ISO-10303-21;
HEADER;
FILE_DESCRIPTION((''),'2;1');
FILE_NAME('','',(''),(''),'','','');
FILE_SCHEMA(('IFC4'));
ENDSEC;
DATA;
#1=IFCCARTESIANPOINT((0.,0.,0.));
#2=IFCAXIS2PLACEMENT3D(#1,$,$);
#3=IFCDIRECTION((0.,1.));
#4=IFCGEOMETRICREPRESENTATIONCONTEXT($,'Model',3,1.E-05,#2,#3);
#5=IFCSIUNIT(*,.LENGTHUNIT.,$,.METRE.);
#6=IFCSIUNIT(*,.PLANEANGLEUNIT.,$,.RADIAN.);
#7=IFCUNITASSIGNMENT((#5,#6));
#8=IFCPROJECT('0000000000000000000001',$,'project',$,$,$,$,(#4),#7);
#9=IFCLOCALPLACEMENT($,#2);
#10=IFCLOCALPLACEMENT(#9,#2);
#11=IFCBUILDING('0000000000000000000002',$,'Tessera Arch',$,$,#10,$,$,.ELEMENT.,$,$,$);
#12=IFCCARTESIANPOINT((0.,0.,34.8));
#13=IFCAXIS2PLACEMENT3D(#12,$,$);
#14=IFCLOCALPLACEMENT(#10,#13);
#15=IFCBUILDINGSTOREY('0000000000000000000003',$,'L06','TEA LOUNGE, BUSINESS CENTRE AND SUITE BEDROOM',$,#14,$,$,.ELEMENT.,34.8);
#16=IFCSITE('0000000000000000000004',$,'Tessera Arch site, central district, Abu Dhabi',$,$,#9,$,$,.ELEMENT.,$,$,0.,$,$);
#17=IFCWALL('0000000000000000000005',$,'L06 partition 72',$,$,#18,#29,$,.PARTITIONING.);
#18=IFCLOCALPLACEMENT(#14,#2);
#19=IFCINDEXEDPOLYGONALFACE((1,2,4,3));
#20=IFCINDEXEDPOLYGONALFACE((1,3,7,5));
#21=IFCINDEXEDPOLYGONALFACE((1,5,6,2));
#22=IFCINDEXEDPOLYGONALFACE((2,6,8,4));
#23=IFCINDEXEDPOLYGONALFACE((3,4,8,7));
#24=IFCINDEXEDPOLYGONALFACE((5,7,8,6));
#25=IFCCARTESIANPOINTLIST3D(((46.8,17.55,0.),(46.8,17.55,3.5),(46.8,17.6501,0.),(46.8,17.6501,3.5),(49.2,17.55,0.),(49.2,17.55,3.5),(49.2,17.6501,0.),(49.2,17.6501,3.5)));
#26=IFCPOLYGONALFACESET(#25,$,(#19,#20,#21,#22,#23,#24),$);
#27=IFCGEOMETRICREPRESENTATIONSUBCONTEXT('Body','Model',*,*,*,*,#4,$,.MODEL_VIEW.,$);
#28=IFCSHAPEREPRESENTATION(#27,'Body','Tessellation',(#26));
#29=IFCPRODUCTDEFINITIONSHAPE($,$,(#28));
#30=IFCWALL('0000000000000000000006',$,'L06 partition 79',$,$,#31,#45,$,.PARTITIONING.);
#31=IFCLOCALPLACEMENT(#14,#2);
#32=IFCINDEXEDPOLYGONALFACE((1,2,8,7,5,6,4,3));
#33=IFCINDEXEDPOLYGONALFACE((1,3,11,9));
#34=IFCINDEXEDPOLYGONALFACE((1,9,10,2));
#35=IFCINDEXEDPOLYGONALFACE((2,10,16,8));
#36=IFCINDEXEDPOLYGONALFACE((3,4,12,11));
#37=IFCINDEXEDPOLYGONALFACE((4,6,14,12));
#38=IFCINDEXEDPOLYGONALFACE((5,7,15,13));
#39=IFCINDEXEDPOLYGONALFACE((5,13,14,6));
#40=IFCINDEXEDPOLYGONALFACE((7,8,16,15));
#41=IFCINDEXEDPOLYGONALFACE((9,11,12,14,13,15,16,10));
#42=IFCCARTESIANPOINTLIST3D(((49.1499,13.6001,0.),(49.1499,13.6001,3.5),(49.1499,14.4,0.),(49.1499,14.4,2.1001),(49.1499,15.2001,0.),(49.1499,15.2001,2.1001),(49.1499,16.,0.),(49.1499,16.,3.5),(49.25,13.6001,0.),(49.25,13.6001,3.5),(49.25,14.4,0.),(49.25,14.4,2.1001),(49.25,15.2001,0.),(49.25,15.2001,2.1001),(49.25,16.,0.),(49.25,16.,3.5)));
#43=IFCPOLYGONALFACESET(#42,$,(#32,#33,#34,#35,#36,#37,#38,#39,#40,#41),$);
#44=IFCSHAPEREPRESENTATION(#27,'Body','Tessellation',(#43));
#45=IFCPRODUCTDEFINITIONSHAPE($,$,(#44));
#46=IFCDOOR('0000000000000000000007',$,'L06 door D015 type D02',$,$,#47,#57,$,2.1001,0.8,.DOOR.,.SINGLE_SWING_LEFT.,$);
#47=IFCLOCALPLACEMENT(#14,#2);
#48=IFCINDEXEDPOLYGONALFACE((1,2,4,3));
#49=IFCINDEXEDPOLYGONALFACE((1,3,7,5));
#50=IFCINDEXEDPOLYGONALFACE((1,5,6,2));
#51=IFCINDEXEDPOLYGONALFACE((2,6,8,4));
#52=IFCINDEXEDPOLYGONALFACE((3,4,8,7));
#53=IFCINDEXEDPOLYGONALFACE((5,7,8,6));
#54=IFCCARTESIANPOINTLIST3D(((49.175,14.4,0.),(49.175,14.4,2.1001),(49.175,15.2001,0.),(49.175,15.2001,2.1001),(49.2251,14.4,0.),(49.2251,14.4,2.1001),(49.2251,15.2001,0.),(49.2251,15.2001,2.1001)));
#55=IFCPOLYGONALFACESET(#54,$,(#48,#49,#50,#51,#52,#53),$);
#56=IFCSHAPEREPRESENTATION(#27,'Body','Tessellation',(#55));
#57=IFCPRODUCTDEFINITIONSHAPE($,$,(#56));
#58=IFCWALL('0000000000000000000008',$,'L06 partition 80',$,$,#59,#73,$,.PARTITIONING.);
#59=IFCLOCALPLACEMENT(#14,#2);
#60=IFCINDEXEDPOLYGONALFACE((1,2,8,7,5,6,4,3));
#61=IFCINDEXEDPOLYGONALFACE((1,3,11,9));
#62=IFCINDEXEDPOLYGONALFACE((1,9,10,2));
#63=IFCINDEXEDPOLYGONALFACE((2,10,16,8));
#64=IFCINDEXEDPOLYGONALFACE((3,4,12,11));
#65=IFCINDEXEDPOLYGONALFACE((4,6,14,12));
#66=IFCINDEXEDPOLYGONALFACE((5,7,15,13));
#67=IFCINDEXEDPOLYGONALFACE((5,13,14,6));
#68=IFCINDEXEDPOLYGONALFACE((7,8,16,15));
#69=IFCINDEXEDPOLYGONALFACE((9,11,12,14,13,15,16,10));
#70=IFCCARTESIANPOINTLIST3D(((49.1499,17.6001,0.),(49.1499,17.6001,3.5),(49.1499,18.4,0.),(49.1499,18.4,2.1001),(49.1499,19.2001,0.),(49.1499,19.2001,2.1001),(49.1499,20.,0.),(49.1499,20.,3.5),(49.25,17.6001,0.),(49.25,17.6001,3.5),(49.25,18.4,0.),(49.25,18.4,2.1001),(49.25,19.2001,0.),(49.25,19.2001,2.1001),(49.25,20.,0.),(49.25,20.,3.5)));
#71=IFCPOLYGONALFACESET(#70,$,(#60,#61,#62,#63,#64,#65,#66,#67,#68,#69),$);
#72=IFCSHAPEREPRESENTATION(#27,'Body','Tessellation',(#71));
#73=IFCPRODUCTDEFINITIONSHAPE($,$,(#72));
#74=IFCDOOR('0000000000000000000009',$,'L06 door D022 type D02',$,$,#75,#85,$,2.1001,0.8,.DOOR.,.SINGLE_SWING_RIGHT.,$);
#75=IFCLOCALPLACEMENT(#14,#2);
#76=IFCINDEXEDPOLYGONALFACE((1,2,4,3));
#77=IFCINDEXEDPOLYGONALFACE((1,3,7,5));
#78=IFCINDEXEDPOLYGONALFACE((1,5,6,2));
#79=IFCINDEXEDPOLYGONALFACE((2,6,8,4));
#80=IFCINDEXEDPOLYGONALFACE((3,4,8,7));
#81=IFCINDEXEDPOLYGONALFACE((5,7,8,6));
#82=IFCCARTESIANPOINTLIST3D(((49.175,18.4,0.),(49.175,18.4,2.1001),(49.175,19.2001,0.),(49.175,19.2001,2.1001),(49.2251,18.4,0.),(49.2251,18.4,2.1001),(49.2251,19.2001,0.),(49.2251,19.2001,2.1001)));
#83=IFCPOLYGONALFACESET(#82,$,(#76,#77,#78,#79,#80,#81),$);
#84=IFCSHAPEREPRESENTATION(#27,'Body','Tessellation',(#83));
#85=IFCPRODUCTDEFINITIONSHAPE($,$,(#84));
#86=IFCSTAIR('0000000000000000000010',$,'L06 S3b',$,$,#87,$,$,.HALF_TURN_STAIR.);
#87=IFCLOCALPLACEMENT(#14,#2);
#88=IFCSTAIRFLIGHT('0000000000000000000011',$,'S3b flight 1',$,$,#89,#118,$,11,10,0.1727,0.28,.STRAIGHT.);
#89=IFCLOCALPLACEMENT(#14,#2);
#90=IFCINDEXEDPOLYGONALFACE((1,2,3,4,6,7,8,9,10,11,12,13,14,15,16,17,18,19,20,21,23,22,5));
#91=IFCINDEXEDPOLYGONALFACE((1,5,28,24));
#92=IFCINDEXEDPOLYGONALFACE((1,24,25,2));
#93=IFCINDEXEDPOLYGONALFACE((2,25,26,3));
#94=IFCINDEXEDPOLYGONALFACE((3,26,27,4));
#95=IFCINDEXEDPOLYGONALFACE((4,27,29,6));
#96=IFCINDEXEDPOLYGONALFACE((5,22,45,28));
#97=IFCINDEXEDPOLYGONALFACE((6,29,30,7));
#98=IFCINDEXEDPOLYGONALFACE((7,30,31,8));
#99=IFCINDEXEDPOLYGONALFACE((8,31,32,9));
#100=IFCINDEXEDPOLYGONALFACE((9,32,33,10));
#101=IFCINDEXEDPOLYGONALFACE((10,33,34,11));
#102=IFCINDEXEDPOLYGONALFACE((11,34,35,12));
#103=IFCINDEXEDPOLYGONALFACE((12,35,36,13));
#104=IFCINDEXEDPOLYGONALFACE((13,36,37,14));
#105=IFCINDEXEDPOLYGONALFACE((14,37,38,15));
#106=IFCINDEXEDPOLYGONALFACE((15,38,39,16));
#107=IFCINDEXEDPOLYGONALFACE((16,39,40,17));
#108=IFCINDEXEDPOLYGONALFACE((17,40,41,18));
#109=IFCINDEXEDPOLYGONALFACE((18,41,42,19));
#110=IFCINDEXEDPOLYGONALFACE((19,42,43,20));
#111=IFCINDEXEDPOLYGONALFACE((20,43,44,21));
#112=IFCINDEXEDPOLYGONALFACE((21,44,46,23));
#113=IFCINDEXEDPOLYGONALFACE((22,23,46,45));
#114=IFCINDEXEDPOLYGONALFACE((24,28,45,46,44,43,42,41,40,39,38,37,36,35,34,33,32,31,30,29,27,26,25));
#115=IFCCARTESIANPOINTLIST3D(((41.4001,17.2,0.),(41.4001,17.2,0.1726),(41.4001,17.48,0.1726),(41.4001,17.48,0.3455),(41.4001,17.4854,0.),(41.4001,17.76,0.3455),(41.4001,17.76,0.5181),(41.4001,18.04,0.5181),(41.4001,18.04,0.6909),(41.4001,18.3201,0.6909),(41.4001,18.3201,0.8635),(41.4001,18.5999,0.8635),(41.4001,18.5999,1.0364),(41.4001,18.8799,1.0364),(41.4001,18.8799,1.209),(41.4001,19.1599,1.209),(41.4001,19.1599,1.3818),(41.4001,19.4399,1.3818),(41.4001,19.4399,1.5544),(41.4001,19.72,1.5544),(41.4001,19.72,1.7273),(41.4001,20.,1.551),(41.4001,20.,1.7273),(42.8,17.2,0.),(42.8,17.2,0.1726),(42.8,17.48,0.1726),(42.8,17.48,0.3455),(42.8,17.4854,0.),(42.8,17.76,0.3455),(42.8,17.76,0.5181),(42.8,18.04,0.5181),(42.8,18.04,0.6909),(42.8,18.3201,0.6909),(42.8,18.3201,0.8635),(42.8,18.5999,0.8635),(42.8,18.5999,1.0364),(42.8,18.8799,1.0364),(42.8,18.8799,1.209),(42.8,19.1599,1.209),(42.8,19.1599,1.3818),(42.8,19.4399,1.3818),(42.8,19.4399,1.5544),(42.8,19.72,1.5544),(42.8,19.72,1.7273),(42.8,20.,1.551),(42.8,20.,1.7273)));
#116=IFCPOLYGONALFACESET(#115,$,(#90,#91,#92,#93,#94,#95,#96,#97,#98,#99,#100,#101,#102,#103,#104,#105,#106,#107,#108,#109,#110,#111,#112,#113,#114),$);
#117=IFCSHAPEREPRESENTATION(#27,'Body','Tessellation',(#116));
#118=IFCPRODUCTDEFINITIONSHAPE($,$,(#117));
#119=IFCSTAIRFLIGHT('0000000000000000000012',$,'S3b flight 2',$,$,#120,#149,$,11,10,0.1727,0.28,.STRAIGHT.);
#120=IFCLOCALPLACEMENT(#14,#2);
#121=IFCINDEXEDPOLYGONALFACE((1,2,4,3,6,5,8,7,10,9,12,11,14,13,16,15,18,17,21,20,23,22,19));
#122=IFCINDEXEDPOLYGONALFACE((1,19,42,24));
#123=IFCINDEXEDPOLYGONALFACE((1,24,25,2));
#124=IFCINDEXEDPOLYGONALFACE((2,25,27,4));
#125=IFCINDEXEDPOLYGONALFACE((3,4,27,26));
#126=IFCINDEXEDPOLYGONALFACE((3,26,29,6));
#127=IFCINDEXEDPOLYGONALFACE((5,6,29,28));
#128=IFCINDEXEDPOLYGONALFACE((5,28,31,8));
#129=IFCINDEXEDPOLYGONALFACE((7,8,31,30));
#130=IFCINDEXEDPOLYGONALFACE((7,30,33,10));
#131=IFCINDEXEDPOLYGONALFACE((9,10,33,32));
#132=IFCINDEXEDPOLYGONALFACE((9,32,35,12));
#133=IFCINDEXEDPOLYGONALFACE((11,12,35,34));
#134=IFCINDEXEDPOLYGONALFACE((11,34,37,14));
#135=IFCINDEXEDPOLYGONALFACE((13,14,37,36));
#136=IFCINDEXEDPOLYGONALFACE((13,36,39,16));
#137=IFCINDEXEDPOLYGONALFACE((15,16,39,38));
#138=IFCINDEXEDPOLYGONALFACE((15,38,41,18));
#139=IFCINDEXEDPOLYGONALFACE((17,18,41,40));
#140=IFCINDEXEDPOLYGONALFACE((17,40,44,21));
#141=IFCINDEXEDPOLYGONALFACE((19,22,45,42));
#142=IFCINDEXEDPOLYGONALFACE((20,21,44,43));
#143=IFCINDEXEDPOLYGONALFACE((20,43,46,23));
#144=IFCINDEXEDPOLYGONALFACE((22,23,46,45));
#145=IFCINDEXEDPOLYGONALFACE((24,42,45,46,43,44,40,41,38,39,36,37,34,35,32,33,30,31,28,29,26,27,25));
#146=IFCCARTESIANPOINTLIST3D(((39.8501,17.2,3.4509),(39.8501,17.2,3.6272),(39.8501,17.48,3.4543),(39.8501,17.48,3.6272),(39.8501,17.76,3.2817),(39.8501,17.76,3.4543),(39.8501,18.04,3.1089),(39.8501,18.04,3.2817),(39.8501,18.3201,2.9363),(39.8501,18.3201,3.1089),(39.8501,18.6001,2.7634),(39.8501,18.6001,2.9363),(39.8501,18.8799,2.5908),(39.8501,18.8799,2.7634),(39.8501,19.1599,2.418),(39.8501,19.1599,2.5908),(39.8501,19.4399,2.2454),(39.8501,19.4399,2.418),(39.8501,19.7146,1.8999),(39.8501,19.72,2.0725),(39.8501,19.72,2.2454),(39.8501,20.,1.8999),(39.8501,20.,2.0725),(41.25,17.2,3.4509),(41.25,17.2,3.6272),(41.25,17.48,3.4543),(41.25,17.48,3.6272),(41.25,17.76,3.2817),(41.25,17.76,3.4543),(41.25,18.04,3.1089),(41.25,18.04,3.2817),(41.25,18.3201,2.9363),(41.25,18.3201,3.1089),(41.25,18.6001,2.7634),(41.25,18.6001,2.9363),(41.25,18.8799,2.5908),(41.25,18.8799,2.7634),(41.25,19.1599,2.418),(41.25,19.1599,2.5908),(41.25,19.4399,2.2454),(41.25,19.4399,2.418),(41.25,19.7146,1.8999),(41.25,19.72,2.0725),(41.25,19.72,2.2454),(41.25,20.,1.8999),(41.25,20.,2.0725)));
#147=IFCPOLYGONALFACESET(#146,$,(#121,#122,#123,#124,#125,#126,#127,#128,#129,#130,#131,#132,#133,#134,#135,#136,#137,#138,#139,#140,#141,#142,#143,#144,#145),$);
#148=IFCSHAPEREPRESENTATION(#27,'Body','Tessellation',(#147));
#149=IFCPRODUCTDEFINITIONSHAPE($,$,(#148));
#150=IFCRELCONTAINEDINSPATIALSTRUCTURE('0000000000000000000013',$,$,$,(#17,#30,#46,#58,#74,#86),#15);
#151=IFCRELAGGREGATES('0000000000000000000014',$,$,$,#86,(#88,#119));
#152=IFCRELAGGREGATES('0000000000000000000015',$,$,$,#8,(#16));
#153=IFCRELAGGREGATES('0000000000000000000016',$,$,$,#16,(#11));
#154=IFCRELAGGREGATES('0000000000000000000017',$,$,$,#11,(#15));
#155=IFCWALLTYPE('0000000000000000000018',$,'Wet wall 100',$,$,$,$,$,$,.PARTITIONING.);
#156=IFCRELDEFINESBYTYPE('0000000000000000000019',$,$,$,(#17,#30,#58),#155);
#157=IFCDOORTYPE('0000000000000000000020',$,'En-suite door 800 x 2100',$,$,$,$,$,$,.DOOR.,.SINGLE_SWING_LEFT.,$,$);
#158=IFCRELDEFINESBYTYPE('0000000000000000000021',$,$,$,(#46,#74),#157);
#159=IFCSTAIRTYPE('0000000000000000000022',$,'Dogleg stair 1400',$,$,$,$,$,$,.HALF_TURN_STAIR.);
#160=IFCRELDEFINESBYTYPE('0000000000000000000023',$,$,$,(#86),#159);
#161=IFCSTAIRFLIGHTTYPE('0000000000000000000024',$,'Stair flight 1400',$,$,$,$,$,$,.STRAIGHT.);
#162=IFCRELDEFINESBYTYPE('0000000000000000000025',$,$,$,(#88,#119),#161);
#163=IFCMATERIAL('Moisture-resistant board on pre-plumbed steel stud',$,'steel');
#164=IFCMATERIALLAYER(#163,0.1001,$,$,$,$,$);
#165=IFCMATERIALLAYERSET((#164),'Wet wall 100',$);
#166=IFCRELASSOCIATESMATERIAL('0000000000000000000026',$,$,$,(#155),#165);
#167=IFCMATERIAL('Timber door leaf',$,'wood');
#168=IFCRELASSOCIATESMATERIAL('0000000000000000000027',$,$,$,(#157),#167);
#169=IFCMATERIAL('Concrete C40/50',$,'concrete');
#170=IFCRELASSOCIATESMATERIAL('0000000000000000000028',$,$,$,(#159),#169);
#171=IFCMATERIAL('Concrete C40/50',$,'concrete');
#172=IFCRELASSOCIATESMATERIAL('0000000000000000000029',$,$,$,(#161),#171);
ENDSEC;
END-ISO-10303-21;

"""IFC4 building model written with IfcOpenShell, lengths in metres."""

from ifc_helpers import new_model, si_unit, direction, frame, frame_2d, origin, place, context, subcontext, project, spatial, polyline, rectangle, outline, extrude, material, layer, layer_set, type_object, element, fill, aggregate, save


model = new_model("IFC4")

# Units and contexts
model_context = context("Model", 3, precision=1e-05, world=origin(), true_north=direction((0.0, 1.0)))
body_context = subcontext(model_context, "Body", "Model", "MODEL_VIEW")
ifc_project = project(units=[si_unit("LENGTHUNIT", "METRE"), si_unit("PLANEANGLEUNIT", "RADIAN")], contexts=[model_context])

# Site, building, storey
site_placement = place(None, origin())
site = spatial("IfcSite", under=ifc_project, at=site_placement, Name="Tessera Arch site, central district, Abu Dhabi", CompositionType="ELEMENT", RefElevation=0.0)
building_placement = place(site_placement, origin())
building = spatial("IfcBuilding", under=site, at=building_placement, Name="Tessera Arch", CompositionType="ELEMENT")
storey_placement = place(building_placement, frame((0.0, 0.0, 34.8)))
storey = spatial("IfcBuildingStorey", under=building, at=storey_placement, Name="L06", Description="TEA LOUNGE, BUSINESS CENTRE AND SUITE BEDROOM", CompositionType="ELEMENT", Elevation=34.8)

# Wall
ifc_material_1 = material(Name="Moisture-resistant board on pre-plumbed steel stud", Category="steel")
ifc_layer_1 = layer(ifc_material_1, 0.1001)
ifc_layer_set_1 = layer_set([ifc_layer_1], Name="Wet wall 100")
wall_type_1 = type_object("IfcWallType", Name="Wet wall 100", PredefinedType="PARTITIONING", material=ifc_layer_set_1)
for number, where, z_axis, x_axis, name in (
    (1, (46.8, 17.6001, 0.0), (0.0, 0.0, 1.0), (1.0, 0.0, 0.0), "L06 partition 72"),
):
    element("IfcWall", number, at=place(storey_placement, frame(where, z_axis=z_axis, x_axis=x_axis)), inside=storey, type_object=wall_type_1, Name=name, PredefinedType="PARTITIONING", context=body_context, shape_type="SweptSolid", body=[
        extrude(rectangle(XDim=2.3999, YDim=0.1001, at=frame_2d((1.2, 0.0))), origin(), (0.0, 0.0, 1.0), 3.5),
    ])

# Walls, openings, doors
wall_1_placement = place(storey_placement, frame((49.2, 13.6001, 0.0), z_axis=(0.0, 0.0, 1.0), x_axis=(0.0, 1.0, 0.0)))
wall_1 = element("IfcWall", 2, at=wall_1_placement, inside=storey, type_object=wall_type_1, Name="L06 partition 79", PredefinedType="PARTITIONING", context=body_context, shape_type="SweptSolid", body=[
    extrude(rectangle(XDim=2.3999, YDim=0.1001, at=frame_2d((1.2, 0.0))), origin(), (0.0, 0.0, 1.0), 3.5),
])
opening_1_placement = place(wall_1_placement, frame((0.8, 0.0, 0.0)))
opening_1 = element("IfcOpeningElement", 3, at=opening_1_placement, cuts=wall_1, PredefinedType="OPENING", context=body_context, shape_type="SweptSolid", body=[
    extrude(rectangle(XDim=0.8, YDim=2.1001, at=frame_2d((0.3999, 1.05))), frame((0.0, 0.0601, 0.0), z_axis=(0.0, -1.0, 0.0), x_axis=(1.0, 0.0, 0.0)), (0.0, 0.0, 1.0), 0.1201),
])
ifc_material_2 = material(Name="Timber door leaf", Category="wood")
door_type_1 = type_object("IfcDoorType", Name="En-suite door 800 x 2100", OperationType="SINGLE_SWING_LEFT", PredefinedType="DOOR", material=ifc_material_2)
door_1_placement = place(opening_1_placement, origin())
door_1 = element("IfcDoor", 4, at=door_1_placement, inside=storey, type_object=door_type_1, Name="L06 door D015 type D02", OperationType="SINGLE_SWING_LEFT", OverallHeight=2.1001, OverallWidth=0.8, PredefinedType="DOOR", context=body_context, shape_type="SweptSolid", body=[
    extrude(rectangle(XDim=0.8, YDim=2.1001, at=frame_2d((0.3999, 1.05))), frame((0.0, 0.0249, 0.0), z_axis=(0.0, -1.0, 0.0), x_axis=(1.0, 0.0, 0.0)), (0.0, 0.0, 1.0), 0.05),
])
fill(opening_1, door_1)
wall_2_placement = place(storey_placement, frame((49.2, 17.6001, 0.0), z_axis=(0.0, 0.0, 1.0), x_axis=(0.0, 1.0, 0.0)))
wall_2 = element("IfcWall", 5, at=wall_2_placement, inside=storey, type_object=wall_type_1, Name="L06 partition 80", PredefinedType="PARTITIONING", context=body_context, shape_type="SweptSolid", body=[
    extrude(rectangle(XDim=2.3999, YDim=0.1001, at=frame_2d((1.2, 0.0))), origin(), (0.0, 0.0, 1.0), 3.5),
])
opening_2_placement = place(wall_2_placement, frame((0.8, 0.0, 0.0)))
opening_2 = element("IfcOpeningElement", 6, at=opening_2_placement, cuts=wall_2, PredefinedType="OPENING", context=body_context, shape_type="SweptSolid", body=[
    extrude(rectangle(XDim=0.8, YDim=2.1001, at=frame_2d((0.3999, 1.05))), frame((0.0, 0.0601, 0.0), z_axis=(0.0, -1.0, 0.0), x_axis=(1.0, 0.0, 0.0)), (0.0, 0.0, 1.0), 0.1201),
])
door_2_placement = place(opening_2_placement, origin())
door_2 = element("IfcDoor", 7, at=door_2_placement, inside=storey, type_object=door_type_1, Name="L06 door D022 type D02", OperationType="SINGLE_SWING_RIGHT", OverallHeight=2.1001, OverallWidth=0.8, PredefinedType="DOOR", context=body_context, shape_type="SweptSolid", body=[
    extrude(rectangle(XDim=0.8, YDim=2.1001, at=frame_2d((0.3999, 1.05))), frame((0.0, 0.0249, 0.0), z_axis=(0.0, -1.0, 0.0), x_axis=(1.0, 0.0, 0.0)), (0.0, 0.0, 1.0), 0.05),
])
fill(opening_2, door_2)

# Stair, stair flights
ifc_material_3 = material(Name="Concrete C40/50", Category="concrete")
stair_type = type_object("IfcStairType", Name="Dogleg stair 1400", PredefinedType="HALF_TURN_STAIR", material=ifc_material_3)
stair_placement = place(storey_placement, origin())
stair = element("IfcStair", 8, at=stair_placement, inside=storey, type_object=stair_type, Name="L06 S3b", PredefinedType="HALF_TURN_STAIR")
ifc_material_4 = material(Name="Concrete C40/50", Category="concrete")
stair_flight_type = type_object("IfcStairFlightType", Name="Stair flight 1400", PredefinedType="STRAIGHT", material=ifc_material_4)
stair_flight_1_placement = place(storey_placement, frame((42.1001, 17.2, 0.0), z_axis=(0.0, 0.0, 1.0), x_axis=(0.0, 1.0, 0.0)))
stair_flight_1 = element("IfcStairFlight", 9, at=stair_flight_1_placement, type_object=stair_flight_type, Name="S3b flight 1", NumberOfRisers=11, NumberOfTreads=10, PredefinedType="STRAIGHT", RiserHeight=0.1727, TreadLength=0.28, context=body_context, shape_type="SweptSolid", body=[
    extrude(outline(polyline([(0.0, 0.0), (0.0, 0.1726), (0.28, 0.1726), (0.28, 0.3455), (0.5601, 0.3455), (0.5601, 0.5181), (0.8401, 0.5181), (0.8401, 0.6909), (1.1201, 0.6909), (1.1201, 0.8635), (1.3999, 0.8635), (1.3999, 1.0364), (1.6799, 1.0364), (1.6799, 1.209), (1.96, 1.209), (1.96, 1.3818), (2.24, 1.3818), (2.24, 1.5544), (2.52, 1.5544), (2.52, 1.7273), (2.8, 1.7273), (2.8, 1.8999), (2.8, 1.551), (0.2854, 0.0), (0.0, 0.0)])), frame((0.0, 0.7, 0.0), z_axis=(0.0, -1.0, 0.0), x_axis=(1.0, 0.0, 0.0)), (0.0, 0.0, 1.0), 1.3999),
])
stair_flight_2_placement = place(storey_placement, frame((40.55, 20.0, 1.8999), z_axis=(0.0, 0.0, 1.0), x_axis=(0.0, -1.0, 0.0)))
stair_flight_2 = element("IfcStairFlight", 10, at=stair_flight_2_placement, type_object=stair_flight_type, Name="S3b flight 2", NumberOfRisers=11, NumberOfTreads=10, PredefinedType="STRAIGHT", RiserHeight=0.1727, TreadLength=0.28, context=body_context, shape_type="SweptSolid", body=[
    extrude(outline(polyline([(0.0, 0.0), (0.0, 0.1726), (0.28, 0.1726), (0.28, 0.3455), (0.5601, 0.3455), (0.5601, 0.5181), (0.8401, 0.5181), (0.8401, 0.6909), (1.1201, 0.6909), (1.1201, 0.8635), (1.3999, 0.8635), (1.3999, 1.0364), (1.6799, 1.0364), (1.6799, 1.209), (1.96, 1.209), (1.96, 1.3818), (2.24, 1.3818), (2.24, 1.5544), (2.52, 1.5544), (2.52, 1.7273), (2.8, 1.7273), (2.8, 1.8999), (2.8, 1.551), (0.2854, 0.0), (0.0, 0.0)])), frame((0.0, 0.7, 0.0), z_axis=(0.0, -1.0, 0.0), x_axis=(1.0, 0.0, 0.0)), (0.0, 0.0, 1.0), 1.3999),
])
aggregate(stair, [stair_flight_1, stair_flight_2])

save(model, "model.ifc")
